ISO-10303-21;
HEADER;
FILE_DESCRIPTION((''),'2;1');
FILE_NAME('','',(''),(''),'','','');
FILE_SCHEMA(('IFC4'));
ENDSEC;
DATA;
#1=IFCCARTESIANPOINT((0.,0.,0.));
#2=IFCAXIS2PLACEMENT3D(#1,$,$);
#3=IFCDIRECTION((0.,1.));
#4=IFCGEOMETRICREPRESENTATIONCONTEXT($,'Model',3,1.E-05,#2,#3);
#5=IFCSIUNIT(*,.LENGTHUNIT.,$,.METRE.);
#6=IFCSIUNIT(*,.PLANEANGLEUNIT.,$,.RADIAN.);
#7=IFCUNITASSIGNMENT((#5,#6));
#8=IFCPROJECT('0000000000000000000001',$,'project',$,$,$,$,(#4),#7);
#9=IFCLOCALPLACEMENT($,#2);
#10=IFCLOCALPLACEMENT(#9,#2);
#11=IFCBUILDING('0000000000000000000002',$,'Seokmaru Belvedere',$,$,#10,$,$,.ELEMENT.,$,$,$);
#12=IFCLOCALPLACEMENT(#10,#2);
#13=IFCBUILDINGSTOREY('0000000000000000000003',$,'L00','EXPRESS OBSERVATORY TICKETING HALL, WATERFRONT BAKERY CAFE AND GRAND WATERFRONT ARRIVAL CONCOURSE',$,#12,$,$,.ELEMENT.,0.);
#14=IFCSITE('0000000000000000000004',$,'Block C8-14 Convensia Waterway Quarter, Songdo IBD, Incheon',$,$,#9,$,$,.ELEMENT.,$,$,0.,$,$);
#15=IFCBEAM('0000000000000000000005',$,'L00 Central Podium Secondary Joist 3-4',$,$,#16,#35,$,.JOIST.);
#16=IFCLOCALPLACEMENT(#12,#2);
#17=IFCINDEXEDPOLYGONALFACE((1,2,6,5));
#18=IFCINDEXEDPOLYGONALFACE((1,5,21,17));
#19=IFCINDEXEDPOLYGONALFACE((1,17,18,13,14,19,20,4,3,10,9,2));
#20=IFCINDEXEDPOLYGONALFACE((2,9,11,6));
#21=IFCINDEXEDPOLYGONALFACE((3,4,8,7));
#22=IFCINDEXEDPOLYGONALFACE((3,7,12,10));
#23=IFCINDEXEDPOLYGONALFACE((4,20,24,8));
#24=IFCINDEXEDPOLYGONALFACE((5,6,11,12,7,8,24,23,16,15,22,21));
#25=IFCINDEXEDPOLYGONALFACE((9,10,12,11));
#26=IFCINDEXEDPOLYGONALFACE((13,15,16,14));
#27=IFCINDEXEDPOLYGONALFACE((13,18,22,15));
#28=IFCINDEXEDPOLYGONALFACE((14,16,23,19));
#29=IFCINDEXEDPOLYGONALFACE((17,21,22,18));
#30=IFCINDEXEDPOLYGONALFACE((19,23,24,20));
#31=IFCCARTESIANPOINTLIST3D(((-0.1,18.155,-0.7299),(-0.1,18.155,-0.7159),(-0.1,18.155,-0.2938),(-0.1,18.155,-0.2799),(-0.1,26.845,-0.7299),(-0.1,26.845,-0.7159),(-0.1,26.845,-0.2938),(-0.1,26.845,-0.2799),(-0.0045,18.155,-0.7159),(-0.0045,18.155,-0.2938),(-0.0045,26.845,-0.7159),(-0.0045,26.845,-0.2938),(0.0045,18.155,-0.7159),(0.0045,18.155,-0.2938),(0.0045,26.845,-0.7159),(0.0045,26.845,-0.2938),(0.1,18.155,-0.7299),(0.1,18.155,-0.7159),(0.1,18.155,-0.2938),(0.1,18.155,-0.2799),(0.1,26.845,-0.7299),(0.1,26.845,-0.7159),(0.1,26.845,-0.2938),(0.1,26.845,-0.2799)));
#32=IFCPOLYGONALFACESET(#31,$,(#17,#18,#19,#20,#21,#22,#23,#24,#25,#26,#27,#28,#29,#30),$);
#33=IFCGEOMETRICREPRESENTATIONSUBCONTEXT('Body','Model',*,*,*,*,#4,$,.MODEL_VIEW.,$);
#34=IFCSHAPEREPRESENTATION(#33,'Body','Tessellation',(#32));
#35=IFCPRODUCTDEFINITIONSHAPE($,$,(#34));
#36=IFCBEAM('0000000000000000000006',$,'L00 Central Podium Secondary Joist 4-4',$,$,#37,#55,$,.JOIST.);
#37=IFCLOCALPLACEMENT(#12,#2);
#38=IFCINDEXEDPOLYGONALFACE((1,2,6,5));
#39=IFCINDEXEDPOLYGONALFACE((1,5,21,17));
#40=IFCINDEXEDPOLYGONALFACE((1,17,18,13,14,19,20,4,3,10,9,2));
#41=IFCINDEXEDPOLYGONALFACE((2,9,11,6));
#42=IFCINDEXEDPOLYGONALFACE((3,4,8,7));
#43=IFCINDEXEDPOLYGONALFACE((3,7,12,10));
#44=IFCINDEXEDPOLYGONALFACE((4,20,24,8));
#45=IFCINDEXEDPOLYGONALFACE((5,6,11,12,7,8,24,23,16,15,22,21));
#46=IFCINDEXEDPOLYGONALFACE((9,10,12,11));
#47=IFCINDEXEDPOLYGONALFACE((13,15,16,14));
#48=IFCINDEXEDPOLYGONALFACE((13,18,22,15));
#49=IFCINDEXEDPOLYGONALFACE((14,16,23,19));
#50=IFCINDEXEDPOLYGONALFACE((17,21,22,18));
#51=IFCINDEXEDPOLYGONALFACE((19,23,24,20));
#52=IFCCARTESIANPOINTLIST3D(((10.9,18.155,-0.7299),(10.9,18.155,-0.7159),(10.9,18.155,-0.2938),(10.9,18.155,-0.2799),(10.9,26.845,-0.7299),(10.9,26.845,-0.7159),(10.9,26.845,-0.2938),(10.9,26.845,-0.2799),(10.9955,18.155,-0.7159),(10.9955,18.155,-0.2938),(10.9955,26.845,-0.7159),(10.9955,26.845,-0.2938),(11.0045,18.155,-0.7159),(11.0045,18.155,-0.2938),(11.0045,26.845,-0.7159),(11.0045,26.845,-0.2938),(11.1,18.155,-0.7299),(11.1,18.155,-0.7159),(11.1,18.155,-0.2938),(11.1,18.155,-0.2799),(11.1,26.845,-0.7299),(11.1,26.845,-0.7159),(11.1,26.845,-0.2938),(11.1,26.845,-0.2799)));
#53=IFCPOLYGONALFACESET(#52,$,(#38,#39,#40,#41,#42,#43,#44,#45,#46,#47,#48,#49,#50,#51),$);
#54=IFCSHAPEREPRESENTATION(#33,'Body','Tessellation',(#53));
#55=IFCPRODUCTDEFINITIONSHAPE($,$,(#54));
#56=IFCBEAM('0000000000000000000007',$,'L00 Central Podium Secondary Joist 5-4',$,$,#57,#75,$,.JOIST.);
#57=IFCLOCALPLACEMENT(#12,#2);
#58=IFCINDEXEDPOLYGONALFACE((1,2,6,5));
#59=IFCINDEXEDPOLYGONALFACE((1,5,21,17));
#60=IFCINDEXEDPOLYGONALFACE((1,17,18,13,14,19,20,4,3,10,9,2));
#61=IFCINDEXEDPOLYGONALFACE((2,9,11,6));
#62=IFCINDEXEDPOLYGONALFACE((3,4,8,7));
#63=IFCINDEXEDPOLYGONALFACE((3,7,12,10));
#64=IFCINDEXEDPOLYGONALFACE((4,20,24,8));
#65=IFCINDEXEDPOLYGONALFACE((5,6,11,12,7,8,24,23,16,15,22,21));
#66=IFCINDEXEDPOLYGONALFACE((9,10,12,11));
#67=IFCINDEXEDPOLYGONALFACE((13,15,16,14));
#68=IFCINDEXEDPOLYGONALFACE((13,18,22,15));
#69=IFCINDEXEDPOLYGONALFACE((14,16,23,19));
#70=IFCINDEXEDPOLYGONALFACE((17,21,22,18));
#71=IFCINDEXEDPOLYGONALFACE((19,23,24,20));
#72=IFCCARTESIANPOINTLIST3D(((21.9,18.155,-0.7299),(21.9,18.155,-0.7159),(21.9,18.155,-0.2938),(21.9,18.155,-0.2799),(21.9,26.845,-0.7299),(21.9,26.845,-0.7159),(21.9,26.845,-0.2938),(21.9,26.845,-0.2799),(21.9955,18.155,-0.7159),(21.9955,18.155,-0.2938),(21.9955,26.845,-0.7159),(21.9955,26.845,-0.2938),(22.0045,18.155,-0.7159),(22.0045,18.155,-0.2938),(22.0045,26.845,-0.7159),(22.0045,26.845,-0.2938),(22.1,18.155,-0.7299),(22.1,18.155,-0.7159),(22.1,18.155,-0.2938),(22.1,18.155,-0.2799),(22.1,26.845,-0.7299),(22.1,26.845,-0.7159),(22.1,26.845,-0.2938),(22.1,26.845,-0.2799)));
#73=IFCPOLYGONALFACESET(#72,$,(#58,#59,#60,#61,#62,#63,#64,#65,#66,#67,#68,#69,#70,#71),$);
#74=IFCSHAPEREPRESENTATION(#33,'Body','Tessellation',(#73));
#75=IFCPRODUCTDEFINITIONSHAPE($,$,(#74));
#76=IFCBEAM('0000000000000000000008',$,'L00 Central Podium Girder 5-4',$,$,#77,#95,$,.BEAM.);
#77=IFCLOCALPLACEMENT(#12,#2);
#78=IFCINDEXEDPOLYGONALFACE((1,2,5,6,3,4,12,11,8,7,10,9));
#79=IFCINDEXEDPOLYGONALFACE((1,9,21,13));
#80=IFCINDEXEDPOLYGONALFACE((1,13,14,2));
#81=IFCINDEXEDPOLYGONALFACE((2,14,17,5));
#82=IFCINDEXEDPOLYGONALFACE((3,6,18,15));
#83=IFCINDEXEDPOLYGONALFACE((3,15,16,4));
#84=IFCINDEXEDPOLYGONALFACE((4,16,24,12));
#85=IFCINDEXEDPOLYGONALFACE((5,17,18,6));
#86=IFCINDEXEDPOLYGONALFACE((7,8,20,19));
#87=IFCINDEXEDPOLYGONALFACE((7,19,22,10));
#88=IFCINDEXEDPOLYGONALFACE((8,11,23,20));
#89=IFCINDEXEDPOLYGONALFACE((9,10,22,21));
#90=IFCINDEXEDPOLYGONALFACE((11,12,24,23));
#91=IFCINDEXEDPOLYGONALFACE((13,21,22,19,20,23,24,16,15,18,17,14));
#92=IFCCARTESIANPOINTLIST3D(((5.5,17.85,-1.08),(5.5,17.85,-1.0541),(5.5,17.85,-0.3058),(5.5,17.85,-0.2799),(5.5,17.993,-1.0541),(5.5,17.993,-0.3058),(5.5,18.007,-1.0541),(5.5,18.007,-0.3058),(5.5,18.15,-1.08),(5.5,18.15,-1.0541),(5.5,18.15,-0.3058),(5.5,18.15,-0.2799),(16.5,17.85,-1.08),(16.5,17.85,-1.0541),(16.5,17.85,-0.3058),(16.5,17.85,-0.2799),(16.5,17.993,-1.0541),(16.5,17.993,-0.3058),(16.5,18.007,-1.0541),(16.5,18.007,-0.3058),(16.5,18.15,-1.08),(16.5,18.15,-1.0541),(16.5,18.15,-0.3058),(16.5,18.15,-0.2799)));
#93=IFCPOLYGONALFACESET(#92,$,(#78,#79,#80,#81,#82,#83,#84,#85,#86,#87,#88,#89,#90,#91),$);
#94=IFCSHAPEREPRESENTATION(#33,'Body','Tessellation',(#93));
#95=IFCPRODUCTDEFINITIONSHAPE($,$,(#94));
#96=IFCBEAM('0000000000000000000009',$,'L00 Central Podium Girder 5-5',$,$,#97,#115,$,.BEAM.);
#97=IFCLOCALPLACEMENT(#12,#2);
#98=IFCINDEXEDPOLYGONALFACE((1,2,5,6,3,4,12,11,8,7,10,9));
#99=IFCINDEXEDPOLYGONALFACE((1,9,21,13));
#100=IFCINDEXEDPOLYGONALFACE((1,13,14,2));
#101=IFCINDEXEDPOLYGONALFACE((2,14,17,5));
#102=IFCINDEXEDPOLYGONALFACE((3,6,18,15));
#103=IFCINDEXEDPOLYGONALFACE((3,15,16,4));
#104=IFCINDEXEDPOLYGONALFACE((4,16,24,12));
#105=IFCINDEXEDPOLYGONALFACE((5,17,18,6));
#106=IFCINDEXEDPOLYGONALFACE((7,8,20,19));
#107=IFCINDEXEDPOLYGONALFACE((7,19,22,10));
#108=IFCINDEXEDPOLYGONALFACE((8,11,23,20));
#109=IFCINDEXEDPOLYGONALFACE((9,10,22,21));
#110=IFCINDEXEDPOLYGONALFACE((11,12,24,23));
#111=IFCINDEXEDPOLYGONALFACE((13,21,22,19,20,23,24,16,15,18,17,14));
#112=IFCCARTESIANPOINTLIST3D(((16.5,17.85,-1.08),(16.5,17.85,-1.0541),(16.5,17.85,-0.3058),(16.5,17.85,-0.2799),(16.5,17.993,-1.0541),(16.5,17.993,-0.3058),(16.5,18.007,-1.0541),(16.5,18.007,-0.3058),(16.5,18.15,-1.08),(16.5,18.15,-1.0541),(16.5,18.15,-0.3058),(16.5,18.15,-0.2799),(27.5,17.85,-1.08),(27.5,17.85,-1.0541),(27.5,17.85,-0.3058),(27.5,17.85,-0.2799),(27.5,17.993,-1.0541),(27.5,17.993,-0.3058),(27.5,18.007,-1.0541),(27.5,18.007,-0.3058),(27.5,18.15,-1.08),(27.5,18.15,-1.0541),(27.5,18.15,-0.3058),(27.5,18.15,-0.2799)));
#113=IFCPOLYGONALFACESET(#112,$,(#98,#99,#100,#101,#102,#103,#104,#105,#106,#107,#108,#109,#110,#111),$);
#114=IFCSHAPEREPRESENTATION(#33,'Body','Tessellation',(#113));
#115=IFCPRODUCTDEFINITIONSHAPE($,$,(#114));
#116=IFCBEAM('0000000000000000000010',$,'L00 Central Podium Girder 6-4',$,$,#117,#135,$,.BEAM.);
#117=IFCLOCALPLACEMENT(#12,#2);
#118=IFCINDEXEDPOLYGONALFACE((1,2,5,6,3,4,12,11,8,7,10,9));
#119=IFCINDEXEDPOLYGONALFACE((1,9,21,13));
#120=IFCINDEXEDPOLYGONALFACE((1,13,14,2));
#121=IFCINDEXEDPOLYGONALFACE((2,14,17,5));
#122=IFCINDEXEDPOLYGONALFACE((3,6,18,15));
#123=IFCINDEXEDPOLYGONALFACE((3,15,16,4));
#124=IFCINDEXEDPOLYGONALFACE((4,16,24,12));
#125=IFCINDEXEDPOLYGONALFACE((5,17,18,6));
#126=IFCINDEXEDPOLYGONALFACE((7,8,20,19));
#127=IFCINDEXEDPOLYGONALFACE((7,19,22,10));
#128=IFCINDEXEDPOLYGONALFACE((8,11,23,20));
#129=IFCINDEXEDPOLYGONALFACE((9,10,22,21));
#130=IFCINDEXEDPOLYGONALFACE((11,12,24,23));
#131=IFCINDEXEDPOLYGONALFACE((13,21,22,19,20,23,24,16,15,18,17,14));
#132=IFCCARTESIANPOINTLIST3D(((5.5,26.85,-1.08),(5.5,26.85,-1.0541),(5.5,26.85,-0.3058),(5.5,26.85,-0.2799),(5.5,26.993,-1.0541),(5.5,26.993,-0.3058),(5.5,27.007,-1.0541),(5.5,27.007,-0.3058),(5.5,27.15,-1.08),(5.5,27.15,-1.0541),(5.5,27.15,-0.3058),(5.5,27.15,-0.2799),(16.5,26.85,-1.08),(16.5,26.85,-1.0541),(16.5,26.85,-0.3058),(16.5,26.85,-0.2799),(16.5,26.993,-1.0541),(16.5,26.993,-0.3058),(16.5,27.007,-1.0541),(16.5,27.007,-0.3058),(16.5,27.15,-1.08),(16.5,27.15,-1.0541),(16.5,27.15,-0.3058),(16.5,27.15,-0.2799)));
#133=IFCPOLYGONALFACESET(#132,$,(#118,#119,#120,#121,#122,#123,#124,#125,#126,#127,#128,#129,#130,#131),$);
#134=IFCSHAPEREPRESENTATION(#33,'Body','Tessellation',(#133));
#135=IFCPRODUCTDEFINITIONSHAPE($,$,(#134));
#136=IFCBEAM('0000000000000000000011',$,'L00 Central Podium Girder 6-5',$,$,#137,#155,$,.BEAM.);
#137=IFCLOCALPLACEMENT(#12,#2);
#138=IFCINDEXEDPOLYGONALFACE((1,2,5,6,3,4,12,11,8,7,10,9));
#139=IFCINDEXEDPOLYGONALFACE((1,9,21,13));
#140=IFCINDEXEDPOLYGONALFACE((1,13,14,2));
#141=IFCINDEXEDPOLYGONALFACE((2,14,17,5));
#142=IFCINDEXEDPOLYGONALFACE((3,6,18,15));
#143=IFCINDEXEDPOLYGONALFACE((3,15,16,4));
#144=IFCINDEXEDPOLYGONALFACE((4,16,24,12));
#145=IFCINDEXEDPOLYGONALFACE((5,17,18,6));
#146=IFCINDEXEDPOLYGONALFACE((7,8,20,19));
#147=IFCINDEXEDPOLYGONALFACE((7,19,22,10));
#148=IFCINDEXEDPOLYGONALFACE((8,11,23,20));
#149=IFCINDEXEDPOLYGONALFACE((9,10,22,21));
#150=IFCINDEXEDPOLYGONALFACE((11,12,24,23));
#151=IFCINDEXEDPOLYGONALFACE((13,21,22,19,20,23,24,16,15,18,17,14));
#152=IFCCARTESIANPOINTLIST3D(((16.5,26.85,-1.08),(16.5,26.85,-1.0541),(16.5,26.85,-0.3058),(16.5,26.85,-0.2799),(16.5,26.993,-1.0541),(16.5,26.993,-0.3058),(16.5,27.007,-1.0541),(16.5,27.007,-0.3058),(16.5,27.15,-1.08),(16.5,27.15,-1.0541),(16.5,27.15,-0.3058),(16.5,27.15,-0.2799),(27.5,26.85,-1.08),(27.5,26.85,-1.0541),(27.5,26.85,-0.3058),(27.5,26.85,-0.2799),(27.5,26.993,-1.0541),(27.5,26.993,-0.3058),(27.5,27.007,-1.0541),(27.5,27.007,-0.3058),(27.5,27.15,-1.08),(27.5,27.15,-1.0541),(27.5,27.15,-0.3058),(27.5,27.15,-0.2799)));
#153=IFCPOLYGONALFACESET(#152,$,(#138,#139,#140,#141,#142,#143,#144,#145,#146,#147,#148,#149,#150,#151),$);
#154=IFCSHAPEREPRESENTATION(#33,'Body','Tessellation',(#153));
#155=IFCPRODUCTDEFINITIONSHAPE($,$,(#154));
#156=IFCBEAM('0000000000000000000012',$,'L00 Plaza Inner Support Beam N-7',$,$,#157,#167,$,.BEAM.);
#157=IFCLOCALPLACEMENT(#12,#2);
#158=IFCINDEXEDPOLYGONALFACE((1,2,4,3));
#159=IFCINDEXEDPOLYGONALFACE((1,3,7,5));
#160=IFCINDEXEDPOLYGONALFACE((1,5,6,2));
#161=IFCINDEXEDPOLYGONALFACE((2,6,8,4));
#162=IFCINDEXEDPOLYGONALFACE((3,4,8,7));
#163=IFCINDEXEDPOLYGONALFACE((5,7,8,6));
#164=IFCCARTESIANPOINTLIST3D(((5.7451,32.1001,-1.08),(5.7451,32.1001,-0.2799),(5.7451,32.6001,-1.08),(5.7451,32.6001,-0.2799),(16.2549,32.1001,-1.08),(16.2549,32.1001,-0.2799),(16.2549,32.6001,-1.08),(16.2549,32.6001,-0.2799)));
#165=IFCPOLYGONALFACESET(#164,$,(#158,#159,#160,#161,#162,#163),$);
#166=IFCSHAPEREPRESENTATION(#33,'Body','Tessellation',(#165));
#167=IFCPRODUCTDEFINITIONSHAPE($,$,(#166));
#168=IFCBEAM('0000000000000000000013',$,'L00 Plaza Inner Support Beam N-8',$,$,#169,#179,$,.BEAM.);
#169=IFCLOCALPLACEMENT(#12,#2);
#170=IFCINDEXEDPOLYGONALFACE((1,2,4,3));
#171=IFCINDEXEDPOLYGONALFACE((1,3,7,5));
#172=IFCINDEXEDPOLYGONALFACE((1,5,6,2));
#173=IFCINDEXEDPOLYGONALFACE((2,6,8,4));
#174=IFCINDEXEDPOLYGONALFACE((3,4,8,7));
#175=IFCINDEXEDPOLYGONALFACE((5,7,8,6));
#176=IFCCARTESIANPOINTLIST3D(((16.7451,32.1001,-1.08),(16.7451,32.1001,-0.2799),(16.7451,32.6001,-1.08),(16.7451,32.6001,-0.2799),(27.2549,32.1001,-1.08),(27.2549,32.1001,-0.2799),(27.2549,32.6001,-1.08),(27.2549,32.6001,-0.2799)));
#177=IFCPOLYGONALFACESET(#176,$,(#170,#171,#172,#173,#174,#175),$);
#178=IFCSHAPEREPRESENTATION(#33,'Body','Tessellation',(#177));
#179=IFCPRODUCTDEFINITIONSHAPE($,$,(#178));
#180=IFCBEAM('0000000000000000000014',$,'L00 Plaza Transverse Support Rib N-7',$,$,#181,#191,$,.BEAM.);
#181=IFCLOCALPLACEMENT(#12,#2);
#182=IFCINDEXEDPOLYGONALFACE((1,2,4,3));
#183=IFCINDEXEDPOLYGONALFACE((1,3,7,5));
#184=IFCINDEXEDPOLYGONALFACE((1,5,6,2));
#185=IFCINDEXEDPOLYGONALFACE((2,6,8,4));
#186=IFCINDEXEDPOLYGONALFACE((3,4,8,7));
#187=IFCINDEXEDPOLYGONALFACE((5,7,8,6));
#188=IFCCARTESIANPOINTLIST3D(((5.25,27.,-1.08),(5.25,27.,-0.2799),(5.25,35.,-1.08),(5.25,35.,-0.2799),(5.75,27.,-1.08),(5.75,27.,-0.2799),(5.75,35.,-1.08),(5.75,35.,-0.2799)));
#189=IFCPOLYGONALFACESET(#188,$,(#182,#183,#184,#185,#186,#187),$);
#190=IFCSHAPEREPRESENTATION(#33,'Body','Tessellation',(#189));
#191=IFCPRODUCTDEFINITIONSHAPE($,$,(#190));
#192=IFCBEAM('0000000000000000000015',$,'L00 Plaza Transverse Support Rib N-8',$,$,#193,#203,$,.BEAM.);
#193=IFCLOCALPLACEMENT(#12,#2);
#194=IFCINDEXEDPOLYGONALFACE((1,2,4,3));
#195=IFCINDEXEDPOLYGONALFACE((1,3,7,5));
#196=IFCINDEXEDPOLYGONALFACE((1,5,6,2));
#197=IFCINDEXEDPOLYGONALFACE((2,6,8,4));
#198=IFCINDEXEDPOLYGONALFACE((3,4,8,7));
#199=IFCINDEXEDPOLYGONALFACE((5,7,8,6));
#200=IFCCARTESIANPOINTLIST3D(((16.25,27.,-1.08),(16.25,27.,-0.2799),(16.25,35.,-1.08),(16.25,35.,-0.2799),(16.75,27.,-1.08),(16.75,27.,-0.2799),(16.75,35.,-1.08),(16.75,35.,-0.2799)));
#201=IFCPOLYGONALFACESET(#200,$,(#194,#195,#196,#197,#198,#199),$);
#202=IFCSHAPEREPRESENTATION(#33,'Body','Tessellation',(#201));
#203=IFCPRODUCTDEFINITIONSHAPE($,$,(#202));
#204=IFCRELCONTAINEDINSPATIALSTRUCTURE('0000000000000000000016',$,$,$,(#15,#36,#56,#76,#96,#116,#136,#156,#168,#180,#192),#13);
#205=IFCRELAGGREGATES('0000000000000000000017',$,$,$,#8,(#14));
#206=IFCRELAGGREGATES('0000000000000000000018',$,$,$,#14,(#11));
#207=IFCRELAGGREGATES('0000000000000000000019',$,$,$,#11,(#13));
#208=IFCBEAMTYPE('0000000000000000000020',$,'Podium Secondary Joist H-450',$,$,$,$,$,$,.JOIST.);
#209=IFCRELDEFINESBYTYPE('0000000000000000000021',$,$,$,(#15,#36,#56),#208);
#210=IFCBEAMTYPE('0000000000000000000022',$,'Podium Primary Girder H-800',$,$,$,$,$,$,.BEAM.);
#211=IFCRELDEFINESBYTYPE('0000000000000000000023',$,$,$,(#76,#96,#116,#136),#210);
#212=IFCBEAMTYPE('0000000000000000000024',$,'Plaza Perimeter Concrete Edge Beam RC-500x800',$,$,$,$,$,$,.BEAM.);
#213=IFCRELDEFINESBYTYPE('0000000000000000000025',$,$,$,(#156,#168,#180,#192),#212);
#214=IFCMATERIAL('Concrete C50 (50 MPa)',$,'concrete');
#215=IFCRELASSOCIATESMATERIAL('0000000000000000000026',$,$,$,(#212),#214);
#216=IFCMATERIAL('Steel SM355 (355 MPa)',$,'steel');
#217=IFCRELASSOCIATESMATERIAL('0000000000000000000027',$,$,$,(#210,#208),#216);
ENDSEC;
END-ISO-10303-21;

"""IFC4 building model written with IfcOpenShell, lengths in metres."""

from ifc_helpers import new_model, si_unit, direction, frame, origin, origin_2d, place, context, subcontext, project, spatial, rectangle, i_section, extrude, source, transform, mapped, material, material_profile, profile_set, type_object, type_shapes, element, save


model = new_model("IFC4")

# Units and contexts
model_context = context("Model", 3, precision=1e-05, world=origin(), true_north=direction((0.0, 1.0)))
body_context = subcontext(model_context, "Body", "Model", "MODEL_VIEW")
ifc_project = project(units=[si_unit("LENGTHUNIT", "METRE"), si_unit("PLANEANGLEUNIT", "RADIAN")], contexts=[model_context])

# Site, building, storey
site_placement = place(None, origin())
site = spatial("IfcSite", under=ifc_project, at=site_placement, Name="Block C8-14 Convensia Waterway Quarter, Songdo IBD, Incheon", CompositionType="ELEMENT", RefElevation=0.0)
building_placement = place(site_placement, origin())
building = spatial("IfcBuilding", under=site, at=building_placement, Name="Seokmaru Belvedere", CompositionType="ELEMENT")
storey_placement = place(building_placement, origin())
storey = spatial("IfcBuildingStorey", under=building, at=storey_placement, Name="L00", Description="EXPRESS OBSERVATORY TICKETING HALL, WATERFRONT BAKERY CAFE AND GRAND WATERFRONT ARRIVAL CONCOURSE", CompositionType="ELEMENT", Elevation=0.0)

# Shared definitions
ifc_material_1 = material(Name="Concrete C50 (50 MPa)", Category="concrete")

# Beams
ifc_material_profile_1 = material_profile(ifc_material_1, rectangle(XDim=0.5, YDim=0.8, at=origin_2d()), Name="RC-500x800")
ifc_profile_set_1 = profile_set([ifc_material_profile_1], Name="Concrete C50 (50 MPa)")
beam_type_1 = type_object("IfcBeamType", Name="Plaza Perimeter Concrete Edge Beam RC-500x800", PredefinedType="BEAM", material=ifc_profile_set_1)
ifc_material_2 = material(Name="Steel SM355 (355 MPa)", Category="steel")
ifc_material_profile_2 = material_profile(ifc_material_2, i_section(OverallWidth=0.3, OverallDepth=0.8, WebThickness=0.0139, FlangeThickness=0.0259, at=origin_2d()), Name="H-800x300x14x26")
ifc_profile_set_2 = profile_set([ifc_material_profile_2], Name="Steel SM355 (355 MPa)")
beam_type_2 = type_object("IfcBeamType", Name="Podium Primary Girder H-800", PredefinedType="BEAM", material=ifc_profile_set_2)
ifc_material_profile_3 = material_profile(ifc_material_2, i_section(OverallWidth=0.2, OverallDepth=0.45, WebThickness=0.009, FlangeThickness=0.0139, at=origin_2d()), Name="H-450x200x9x14")
ifc_profile_set_3 = profile_set([ifc_material_profile_3], Name="Steel SM355 (355 MPa)")
beam_type_3 = type_object("IfcBeamType", Name="Podium Secondary Joist H-450", PredefinedType="JOIST", material=ifc_profile_set_3)
shared_shape_1 = source(origin(), body_context, "Body", "SweptSolid", [
    extrude(i_section(OverallWidth=0.2, OverallDepth=0.45, WebThickness=0.009, FlangeThickness=0.0139, at=origin_2d()), origin(), (0.0, 0.0, 1.0), 8.6899),
])
type_shapes(beam_type_3, [shared_shape_1])
for number, where, z_axis, x_axis, name in (
    (1, (0.0, 18.155, -0.5049), (0.0, 1.0, 0.0), (-1.0, 0.0, 0.0), "L00 Central Podium Secondary Joist 3-4"),
    (2, (11.0, 18.155, -0.5049), (0.0, 1.0, 0.0), (-1.0, 0.0, 0.0), "L00 Central Podium Secondary Joist 4-4"),
    (3, (22.0, 18.155, -0.5049), (0.0, 1.0, 0.0), (-1.0, 0.0, 0.0), "L00 Central Podium Secondary Joist 5-4"),
):
    element("IfcBeam", number, at=place(storey_placement, frame(where, z_axis=z_axis, x_axis=x_axis)), inside=storey, type_object=beam_type_3, Name=name, PredefinedType="JOIST", context=body_context, shape_type="MappedRepresentation", body=[
        mapped(shared_shape_1, transform((0.0, 0.0, 0.0), scale=1.0)),
    ])
shared_shape_2 = source(origin(), body_context, "Body", "SweptSolid", [
    extrude(i_section(OverallWidth=0.3, OverallDepth=0.8, WebThickness=0.0139, FlangeThickness=0.0259, at=origin_2d()), origin(), (0.0, 0.0, 1.0), 11.0),
])
for number, where, z_axis, x_axis, name in (
    (4, (5.5, 18.0, -0.6799), (1.0, 0.0, 0.0), (0.0, 1.0, 0.0), "L00 Central Podium Girder 5-4"),
    (5, (16.5, 18.0, -0.6799), (1.0, 0.0, 0.0), (0.0, 1.0, 0.0), "L00 Central Podium Girder 5-5"),
    (6, (5.5, 27.0, -0.6799), (1.0, 0.0, 0.0), (0.0, 1.0, 0.0), "L00 Central Podium Girder 6-4"),
    (7, (16.5, 27.0, -0.6799), (1.0, 0.0, 0.0), (0.0, 1.0, 0.0), "L00 Central Podium Girder 6-5"),
):
    element("IfcBeam", number, at=place(storey_placement, frame(where, z_axis=z_axis, x_axis=x_axis)), inside=storey, type_object=beam_type_2, Name=name, PredefinedType="BEAM", context=body_context, shape_type="MappedRepresentation", body=[
        mapped(shared_shape_2, transform((0.0, 0.0, 0.0), scale=1.0)),
    ])
shared_shape_3 = source(origin(), body_context, "Body", "SweptSolid", [
    extrude(rectangle(XDim=0.5, YDim=0.8, at=origin_2d()), origin(), (0.0, 0.0, 1.0), 10.5098),
])
for number, where, z_axis, x_axis, name in (
    (8, (5.7451, 32.3501, -0.6799), (1.0, 0.0, 0.0), (0.0, 1.0, 0.0), "L00 Plaza Inner Support Beam N-7"),
    (9, (16.7451, 32.3501, -0.6799), (1.0, 0.0, 0.0), (0.0, 1.0, 0.0), "L00 Plaza Inner Support Beam N-8"),
):
    element("IfcBeam", number, at=place(storey_placement, frame(where, z_axis=z_axis, x_axis=x_axis)), inside=storey, type_object=beam_type_1, Name=name, PredefinedType="BEAM", context=body_context, shape_type="MappedRepresentation", body=[
        mapped(shared_shape_3, transform((0.0, 0.0, 0.0), scale=1.0)),
    ])
shared_shape_4 = source(origin(), body_context, "Body", "SweptSolid", [
    extrude(rectangle(XDim=0.5, YDim=0.8, at=origin_2d()), origin(), (0.0, 0.0, 1.0), 8.0),
])
for number, where, z_axis, x_axis, name in (
    (10, (5.5, 35.0, -0.6799), (0.0, -1.0, 0.0), (1.0, 0.0, 0.0), "L00 Plaza Transverse Support Rib N-7"),
    (11, (16.5, 35.0, -0.6799), (0.0, -1.0, 0.0), (1.0, 0.0, 0.0), "L00 Plaza Transverse Support Rib N-8"),
):
    element("IfcBeam", number, at=place(storey_placement, frame(where, z_axis=z_axis, x_axis=x_axis)), inside=storey, type_object=beam_type_1, Name=name, PredefinedType="BEAM", context=body_context, shape_type="MappedRepresentation", body=[
        mapped(shared_shape_4, transform((0.0, 0.0, 0.0), scale=1.0)),
    ])

save(model, "model.ifc")
